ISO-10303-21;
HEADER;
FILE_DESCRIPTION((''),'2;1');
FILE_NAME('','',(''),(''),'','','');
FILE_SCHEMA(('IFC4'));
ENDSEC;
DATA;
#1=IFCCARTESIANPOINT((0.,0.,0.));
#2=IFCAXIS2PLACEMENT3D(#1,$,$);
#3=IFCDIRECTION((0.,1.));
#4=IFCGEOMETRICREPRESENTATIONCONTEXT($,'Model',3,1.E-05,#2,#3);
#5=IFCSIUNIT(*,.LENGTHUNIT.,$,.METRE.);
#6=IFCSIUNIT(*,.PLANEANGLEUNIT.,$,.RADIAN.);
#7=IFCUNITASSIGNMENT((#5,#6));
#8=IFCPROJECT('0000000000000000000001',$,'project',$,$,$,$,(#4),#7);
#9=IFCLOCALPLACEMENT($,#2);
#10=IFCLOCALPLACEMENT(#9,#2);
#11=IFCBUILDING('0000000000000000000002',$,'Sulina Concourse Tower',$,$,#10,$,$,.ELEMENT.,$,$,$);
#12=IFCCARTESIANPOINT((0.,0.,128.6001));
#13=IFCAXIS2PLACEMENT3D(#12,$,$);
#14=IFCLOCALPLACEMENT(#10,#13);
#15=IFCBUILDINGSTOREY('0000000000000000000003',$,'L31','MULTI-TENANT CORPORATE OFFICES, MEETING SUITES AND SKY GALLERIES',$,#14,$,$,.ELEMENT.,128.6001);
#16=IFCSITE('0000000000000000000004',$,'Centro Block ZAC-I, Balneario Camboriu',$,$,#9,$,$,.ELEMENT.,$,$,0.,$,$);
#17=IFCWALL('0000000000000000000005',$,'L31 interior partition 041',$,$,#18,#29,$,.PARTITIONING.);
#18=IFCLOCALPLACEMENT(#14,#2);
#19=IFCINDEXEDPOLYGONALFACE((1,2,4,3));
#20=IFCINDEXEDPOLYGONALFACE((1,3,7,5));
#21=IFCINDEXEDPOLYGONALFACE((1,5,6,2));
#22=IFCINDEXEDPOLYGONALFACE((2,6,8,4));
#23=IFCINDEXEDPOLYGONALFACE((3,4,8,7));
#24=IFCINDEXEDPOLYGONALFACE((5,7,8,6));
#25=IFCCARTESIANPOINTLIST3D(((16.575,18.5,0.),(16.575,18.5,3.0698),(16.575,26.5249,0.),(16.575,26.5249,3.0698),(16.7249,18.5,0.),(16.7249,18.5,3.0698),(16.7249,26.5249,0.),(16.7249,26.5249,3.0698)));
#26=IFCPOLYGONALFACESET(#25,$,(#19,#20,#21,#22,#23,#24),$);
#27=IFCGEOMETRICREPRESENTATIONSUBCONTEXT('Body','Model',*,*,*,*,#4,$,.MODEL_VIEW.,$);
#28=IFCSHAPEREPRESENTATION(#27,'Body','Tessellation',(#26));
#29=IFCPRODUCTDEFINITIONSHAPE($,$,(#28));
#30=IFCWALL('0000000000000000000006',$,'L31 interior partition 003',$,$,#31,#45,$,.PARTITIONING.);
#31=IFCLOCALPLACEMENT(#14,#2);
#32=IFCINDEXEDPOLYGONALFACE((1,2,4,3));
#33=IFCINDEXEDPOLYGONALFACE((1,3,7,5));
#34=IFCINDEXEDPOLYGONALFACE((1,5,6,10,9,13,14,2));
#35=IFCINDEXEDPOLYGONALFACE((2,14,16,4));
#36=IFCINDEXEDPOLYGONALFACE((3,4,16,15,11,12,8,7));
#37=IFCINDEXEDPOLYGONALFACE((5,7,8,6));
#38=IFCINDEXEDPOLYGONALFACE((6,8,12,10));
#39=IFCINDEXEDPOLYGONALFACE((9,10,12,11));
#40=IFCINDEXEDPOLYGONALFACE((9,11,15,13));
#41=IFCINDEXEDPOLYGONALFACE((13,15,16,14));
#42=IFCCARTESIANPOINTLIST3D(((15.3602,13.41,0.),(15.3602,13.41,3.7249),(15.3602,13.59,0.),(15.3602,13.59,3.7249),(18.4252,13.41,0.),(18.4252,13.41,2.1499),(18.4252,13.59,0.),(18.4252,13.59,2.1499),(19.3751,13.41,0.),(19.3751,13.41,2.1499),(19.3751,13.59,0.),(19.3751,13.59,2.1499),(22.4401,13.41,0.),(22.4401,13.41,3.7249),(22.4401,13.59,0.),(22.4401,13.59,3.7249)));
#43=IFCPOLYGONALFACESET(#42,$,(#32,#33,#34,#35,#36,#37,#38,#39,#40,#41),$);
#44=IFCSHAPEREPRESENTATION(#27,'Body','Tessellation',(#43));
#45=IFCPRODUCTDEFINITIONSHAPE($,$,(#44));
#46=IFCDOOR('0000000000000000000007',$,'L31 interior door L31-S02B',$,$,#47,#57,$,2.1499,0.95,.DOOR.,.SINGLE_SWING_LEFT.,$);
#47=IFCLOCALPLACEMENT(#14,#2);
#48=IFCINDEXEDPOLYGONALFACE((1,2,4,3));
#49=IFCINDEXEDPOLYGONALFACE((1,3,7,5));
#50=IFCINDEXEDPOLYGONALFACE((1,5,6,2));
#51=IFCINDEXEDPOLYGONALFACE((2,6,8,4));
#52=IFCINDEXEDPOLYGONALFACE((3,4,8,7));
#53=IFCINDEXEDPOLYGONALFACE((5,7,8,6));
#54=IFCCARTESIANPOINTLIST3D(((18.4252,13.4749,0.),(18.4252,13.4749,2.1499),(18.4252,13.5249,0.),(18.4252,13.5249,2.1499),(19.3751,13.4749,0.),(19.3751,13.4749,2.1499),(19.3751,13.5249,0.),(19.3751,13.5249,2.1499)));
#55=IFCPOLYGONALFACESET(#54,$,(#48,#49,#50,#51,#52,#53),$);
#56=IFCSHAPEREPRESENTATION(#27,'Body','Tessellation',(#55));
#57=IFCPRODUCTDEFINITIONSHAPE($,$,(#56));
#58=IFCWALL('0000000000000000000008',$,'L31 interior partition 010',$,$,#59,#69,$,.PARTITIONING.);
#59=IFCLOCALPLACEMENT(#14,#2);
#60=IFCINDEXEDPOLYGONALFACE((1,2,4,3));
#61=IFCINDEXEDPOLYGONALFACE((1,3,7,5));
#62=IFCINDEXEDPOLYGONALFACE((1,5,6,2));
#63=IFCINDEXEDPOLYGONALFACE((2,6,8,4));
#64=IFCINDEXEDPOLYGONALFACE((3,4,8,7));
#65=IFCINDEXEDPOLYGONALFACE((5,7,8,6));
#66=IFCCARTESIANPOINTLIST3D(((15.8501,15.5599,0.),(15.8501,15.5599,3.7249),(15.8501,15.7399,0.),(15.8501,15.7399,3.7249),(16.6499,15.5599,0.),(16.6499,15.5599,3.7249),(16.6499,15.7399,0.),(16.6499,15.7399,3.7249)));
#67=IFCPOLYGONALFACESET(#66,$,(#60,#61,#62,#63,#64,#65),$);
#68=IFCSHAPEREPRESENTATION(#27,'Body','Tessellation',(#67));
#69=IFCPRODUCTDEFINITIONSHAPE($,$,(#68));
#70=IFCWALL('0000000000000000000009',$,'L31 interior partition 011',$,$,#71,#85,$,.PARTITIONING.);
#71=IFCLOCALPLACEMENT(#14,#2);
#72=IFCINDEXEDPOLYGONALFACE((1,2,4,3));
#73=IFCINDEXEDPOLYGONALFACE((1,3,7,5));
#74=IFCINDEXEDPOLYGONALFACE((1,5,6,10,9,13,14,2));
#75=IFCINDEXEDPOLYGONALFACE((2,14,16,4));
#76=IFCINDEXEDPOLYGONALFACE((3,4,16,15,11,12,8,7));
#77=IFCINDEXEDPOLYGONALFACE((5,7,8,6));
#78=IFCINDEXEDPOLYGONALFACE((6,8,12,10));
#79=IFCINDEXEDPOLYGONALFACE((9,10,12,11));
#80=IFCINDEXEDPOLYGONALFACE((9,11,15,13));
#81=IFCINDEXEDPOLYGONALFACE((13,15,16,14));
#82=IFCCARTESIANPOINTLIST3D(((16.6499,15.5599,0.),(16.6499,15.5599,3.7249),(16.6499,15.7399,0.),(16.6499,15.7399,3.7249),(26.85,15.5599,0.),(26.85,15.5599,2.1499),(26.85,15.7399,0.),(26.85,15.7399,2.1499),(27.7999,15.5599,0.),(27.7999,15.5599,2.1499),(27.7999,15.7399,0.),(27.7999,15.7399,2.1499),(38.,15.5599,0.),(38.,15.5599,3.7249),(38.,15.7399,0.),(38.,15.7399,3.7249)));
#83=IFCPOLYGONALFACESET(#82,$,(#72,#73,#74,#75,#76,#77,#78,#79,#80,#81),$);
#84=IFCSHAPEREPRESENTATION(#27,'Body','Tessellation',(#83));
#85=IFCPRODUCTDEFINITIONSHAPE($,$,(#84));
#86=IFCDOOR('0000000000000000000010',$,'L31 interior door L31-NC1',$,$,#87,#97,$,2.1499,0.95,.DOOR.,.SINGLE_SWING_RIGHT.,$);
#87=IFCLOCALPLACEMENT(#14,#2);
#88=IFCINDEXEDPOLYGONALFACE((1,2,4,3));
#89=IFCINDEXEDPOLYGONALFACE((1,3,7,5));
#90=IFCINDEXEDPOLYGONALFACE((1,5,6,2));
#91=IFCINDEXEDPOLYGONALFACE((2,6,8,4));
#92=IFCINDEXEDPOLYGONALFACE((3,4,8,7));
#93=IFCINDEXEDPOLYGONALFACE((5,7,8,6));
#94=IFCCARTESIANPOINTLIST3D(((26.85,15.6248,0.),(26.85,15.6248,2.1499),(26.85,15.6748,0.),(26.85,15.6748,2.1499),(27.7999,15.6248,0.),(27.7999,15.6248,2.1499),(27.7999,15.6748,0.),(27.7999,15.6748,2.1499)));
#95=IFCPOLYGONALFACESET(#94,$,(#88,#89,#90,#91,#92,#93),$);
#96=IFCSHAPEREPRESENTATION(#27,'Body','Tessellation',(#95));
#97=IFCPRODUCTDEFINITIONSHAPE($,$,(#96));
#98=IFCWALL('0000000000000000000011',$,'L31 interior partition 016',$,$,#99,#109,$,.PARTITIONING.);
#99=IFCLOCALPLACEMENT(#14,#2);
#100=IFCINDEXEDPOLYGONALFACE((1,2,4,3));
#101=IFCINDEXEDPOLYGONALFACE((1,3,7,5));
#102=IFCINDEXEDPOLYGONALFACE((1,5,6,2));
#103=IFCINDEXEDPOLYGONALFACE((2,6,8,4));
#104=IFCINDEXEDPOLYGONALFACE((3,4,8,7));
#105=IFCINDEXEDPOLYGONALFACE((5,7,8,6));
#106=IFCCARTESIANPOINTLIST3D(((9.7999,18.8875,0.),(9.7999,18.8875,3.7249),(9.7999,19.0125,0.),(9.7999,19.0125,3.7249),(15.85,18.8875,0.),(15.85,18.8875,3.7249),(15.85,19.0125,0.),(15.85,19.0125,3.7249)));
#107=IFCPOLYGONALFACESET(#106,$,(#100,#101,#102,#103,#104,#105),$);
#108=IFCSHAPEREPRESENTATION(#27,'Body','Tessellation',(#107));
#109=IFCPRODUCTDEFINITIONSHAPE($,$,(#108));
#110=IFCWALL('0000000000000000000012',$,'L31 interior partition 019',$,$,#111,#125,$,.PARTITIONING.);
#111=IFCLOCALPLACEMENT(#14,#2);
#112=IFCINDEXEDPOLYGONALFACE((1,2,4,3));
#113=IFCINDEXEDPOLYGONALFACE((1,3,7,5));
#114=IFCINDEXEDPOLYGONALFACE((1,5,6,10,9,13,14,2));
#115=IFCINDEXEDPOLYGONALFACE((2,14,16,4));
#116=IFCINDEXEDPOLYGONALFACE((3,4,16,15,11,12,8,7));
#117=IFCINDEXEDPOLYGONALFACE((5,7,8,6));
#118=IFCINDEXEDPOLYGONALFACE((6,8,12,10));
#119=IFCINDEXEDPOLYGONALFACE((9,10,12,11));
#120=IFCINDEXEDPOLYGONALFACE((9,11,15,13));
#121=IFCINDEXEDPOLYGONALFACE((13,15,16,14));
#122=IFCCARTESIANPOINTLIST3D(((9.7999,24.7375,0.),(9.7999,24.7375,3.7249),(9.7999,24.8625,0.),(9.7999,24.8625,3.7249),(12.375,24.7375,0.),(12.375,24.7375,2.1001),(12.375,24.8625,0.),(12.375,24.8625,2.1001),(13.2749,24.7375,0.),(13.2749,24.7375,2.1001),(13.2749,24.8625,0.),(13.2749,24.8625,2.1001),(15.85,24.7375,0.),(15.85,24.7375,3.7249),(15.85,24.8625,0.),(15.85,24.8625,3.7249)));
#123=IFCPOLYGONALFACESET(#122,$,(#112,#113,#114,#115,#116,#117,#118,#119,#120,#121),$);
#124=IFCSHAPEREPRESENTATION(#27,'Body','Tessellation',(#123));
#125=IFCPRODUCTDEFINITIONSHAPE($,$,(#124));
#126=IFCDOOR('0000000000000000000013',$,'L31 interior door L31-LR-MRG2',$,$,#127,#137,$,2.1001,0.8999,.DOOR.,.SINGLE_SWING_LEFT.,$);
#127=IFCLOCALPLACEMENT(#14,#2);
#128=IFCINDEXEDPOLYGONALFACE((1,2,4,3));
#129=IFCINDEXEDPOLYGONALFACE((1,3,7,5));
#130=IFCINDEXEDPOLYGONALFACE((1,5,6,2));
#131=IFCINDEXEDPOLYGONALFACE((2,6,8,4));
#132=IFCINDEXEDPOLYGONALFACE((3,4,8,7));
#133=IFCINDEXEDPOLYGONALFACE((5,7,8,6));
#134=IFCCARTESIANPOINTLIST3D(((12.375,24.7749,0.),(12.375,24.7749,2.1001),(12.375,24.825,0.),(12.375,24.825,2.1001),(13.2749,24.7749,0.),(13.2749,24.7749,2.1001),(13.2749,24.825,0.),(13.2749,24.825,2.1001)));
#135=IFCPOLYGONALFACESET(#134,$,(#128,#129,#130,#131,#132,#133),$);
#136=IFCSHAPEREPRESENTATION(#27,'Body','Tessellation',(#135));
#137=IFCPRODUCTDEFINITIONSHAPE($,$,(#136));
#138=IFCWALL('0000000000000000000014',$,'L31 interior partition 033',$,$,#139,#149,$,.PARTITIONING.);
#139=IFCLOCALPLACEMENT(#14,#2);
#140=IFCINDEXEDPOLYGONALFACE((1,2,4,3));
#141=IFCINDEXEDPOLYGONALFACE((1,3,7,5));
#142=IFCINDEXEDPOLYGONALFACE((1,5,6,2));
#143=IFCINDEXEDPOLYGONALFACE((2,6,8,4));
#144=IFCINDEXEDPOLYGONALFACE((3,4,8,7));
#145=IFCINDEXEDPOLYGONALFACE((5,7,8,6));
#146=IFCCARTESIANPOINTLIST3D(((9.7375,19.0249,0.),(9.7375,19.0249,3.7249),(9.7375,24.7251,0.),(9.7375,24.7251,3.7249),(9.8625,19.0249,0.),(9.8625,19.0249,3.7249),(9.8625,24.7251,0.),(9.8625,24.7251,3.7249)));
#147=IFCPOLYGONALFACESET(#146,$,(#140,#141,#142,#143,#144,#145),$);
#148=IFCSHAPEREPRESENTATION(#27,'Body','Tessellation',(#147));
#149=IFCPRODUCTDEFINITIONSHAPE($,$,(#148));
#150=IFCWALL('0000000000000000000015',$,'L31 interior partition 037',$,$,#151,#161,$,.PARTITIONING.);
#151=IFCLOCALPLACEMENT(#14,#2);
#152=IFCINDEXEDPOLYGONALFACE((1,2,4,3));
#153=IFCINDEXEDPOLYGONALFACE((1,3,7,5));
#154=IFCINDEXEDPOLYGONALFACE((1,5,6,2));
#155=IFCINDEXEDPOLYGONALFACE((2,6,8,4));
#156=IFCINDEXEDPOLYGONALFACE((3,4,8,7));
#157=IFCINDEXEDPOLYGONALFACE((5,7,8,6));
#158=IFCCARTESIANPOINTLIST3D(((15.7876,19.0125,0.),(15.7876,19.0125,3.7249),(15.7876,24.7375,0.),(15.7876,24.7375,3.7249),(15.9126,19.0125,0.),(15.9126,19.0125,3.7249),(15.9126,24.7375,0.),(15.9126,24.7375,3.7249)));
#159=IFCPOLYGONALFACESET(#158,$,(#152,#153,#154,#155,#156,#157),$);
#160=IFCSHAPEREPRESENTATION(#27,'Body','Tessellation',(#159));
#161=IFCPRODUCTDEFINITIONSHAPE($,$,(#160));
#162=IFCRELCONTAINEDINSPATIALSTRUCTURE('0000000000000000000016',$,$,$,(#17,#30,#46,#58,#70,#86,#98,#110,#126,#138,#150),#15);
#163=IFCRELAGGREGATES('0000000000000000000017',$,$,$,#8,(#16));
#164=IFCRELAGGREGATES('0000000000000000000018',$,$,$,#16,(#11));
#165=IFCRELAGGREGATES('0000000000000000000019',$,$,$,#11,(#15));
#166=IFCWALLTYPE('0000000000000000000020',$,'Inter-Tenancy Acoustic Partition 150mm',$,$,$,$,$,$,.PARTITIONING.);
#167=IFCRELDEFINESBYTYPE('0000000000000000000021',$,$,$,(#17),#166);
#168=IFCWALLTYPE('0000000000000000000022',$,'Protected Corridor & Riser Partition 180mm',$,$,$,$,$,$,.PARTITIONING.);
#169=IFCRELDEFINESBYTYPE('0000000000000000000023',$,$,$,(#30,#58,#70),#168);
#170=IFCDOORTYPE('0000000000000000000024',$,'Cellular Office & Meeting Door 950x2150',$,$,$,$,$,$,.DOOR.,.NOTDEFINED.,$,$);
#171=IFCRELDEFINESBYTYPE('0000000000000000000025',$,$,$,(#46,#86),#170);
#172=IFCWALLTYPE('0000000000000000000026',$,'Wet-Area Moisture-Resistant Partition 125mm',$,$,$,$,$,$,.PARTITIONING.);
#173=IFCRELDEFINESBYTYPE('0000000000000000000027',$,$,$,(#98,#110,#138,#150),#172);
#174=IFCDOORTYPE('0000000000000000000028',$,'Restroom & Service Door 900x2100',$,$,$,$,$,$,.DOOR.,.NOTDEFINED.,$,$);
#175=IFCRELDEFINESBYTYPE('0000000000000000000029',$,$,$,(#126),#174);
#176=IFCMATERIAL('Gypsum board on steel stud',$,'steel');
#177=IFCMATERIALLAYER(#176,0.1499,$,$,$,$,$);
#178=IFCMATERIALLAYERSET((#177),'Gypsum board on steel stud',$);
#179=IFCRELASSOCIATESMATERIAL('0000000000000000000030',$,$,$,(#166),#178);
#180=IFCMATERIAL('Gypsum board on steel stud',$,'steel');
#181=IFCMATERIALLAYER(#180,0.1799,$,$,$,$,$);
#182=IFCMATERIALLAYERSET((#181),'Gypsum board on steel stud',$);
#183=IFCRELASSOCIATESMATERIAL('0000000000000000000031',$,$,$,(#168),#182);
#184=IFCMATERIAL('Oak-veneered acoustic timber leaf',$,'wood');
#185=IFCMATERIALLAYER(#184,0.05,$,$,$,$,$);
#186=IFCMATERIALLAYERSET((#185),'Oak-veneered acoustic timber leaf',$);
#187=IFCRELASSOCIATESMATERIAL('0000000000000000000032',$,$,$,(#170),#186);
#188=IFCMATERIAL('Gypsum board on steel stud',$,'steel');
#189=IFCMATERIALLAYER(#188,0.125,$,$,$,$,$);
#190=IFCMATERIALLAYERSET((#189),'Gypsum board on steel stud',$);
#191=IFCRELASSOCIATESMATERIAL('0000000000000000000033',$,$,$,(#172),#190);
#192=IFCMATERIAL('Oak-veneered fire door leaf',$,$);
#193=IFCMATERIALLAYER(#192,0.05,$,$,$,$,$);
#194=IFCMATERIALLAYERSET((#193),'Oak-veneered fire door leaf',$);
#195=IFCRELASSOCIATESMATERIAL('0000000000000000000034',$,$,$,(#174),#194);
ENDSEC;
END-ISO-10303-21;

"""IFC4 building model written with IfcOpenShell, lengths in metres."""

from ifc_helpers import new_model, si_unit, direction, frame, frame_2d, origin, place, context, subcontext, project, spatial, rectangle, extrude, material, layer, layer_set, type_object, element, fill, save


model = new_model("IFC4")

# Units and contexts
model_context = context("Model", 3, precision=1e-05, world=origin(), true_north=direction((0.0, 1.0)))
body_context = subcontext(model_context, "Body", "Model", "MODEL_VIEW")
ifc_project = project(units=[si_unit("LENGTHUNIT", "METRE"), si_unit("PLANEANGLEUNIT", "RADIAN")], contexts=[model_context])

# Site, building, storey
site_placement = place(None, origin())
site = spatial("IfcSite", under=ifc_project, at=site_placement, Name="Centro Block ZAC-I, Balneario Camboriu", CompositionType="ELEMENT", RefElevation=0.0)
building_placement = place(site_placement, origin())
building = spatial("IfcBuilding", under=site, at=building_placement, Name="Sulina Concourse Tower", CompositionType="ELEMENT")
storey_placement = place(building_placement, frame((0.0, 0.0, 128.6001)))
storey = spatial("IfcBuildingStorey", under=building, at=storey_placement, Name="L31", Description="MULTI-TENANT CORPORATE OFFICES, MEETING SUITES AND SKY GALLERIES", CompositionType="ELEMENT", Elevation=128.6001)

# Wall
ifc_material_1 = material(Name="Gypsum board on steel stud", Category="steel")
ifc_layer_1 = layer(ifc_material_1, 0.1499)
ifc_layer_set_1 = layer_set([ifc_layer_1], Name="Gypsum board on steel stud")
wall_type_1 = type_object("IfcWallType", Name="Inter-Tenancy Acoustic Partition 150mm", PredefinedType="PARTITIONING", material=ifc_layer_set_1)
wall_1_placement = place(storey_placement, frame((16.6499, 18.5, 0.0), z_axis=(0.0, 0.0, 1.0), x_axis=(0.0, 1.0, 0.0)))
element("IfcWall", 1, at=wall_1_placement, inside=storey, type_object=wall_type_1, Name="L31 interior partition 041", PredefinedType="PARTITIONING", context=body_context, shape_type="SweptSolid", body=[
    extrude(rectangle(XDim=8.0249, YDim=0.1499, at=frame_2d((4.0125, 0.0))), origin(), (0.0, 0.0, 1.0), 3.0698),
])

# Wall, opening, door
ifc_material_2 = material(Name="Gypsum board on steel stud", Category="steel")
ifc_layer_2 = layer(ifc_material_2, 0.1799)
ifc_layer_set_2 = layer_set([ifc_layer_2], Name="Gypsum board on steel stud")
wall_type_2 = type_object("IfcWallType", Name="Protected Corridor & Riser Partition 180mm", PredefinedType="PARTITIONING", material=ifc_layer_set_2)
wall_2_placement = place(storey_placement, frame((15.3601, 13.5, 0.0), z_axis=(0.0, 0.0, 1.0), x_axis=(1.0, 0.0, 0.0)))
wall_2 = element("IfcWall", 2, at=wall_2_placement, inside=storey, type_object=wall_type_2, Name="L31 interior partition 003", PredefinedType="PARTITIONING", context=body_context, shape_type="SweptSolid", body=[
    extrude(rectangle(XDim=7.0798, YDim=0.1799, at=frame_2d((3.54, 0.0))), origin(), (0.0, 0.0, 1.0), 3.7249),
])
opening_1_placement = place(wall_2_placement, frame((3.0649, 0.0, 0.0)))
opening_1 = element("IfcOpeningElement", 3, at=opening_1_placement, cuts=wall_2, PredefinedType="OPENING", context=body_context, shape_type="SweptSolid", body=[
    extrude(rectangle(XDim=0.95, YDim=2.1499, at=frame_2d((0.4751, 1.075))), frame((0.0, 0.0999, 0.0), z_axis=(0.0, -1.0, 0.0), x_axis=(1.0, 0.0, 0.0)), (0.0, 0.0, 1.0), 0.2),
])
ifc_material_3 = material(Name="Oak-veneered acoustic timber leaf", Category="wood")
ifc_layer_3 = layer(ifc_material_3, 0.05)
ifc_layer_set_3 = layer_set([ifc_layer_3], Name="Oak-veneered acoustic timber leaf")
door_type_1 = type_object("IfcDoorType", Name="Cellular Office & Meeting Door 950x2150", OperationType="NOTDEFINED", PredefinedType="DOOR", material=ifc_layer_set_3)
door_1_placement = place(opening_1_placement, origin())
door_1 = element("IfcDoor", 4, at=door_1_placement, inside=storey, type_object=door_type_1, Name="L31 interior door L31-S02B", OperationType="SINGLE_SWING_LEFT", OverallHeight=2.1499, OverallWidth=0.95, PredefinedType="DOOR", context=body_context, shape_type="SweptSolid", body=[
    extrude(rectangle(XDim=0.95, YDim=2.1499, at=frame_2d((0.4751, 1.075))), frame((0.0, 0.0249, 0.0), z_axis=(0.0, -1.0, 0.0), x_axis=(1.0, 0.0, 0.0)), (0.0, 0.0, 1.0), 0.05),
])
fill(opening_1, door_1)

# Wall
wall_3_placement = place(storey_placement, frame((15.8501, 15.6499, 0.0), z_axis=(0.0, 0.0, 1.0), x_axis=(1.0, 0.0, 0.0)))
element("IfcWall", 5, at=wall_3_placement, inside=storey, type_object=wall_type_2, Name="L31 interior partition 010", PredefinedType="PARTITIONING", context=body_context, shape_type="SweptSolid", body=[
    extrude(rectangle(XDim=0.7998, YDim=0.1799, at=frame_2d((0.3999, 0.0))), origin(), (0.0, 0.0, 1.0), 3.7249),
])

# Wall, opening, door
wall_4_placement = place(storey_placement, frame((16.6499, 15.6499, 0.0), z_axis=(0.0, 0.0, 1.0), x_axis=(1.0, 0.0, 0.0)))
wall_4 = element("IfcWall", 6, at=wall_4_placement, inside=storey, type_object=wall_type_2, Name="L31 interior partition 011", PredefinedType="PARTITIONING", context=body_context, shape_type="SweptSolid", body=[
    extrude(rectangle(XDim=21.3501, YDim=0.1799, at=frame_2d((10.675, 0.0))), origin(), (0.0, 0.0, 1.0), 3.7249),
])
opening_2_placement = place(wall_4_placement, frame((10.2, 0.0, 0.0)))
opening_2 = element("IfcOpeningElement", 7, at=opening_2_placement, cuts=wall_4, PredefinedType="OPENING", context=body_context, shape_type="SweptSolid", body=[
    extrude(rectangle(XDim=0.95, YDim=2.1499, at=frame_2d((0.4751, 1.075))), frame((0.0, 0.0999, 0.0), z_axis=(0.0, -1.0, 0.0), x_axis=(1.0, 0.0, 0.0)), (0.0, 0.0, 1.0), 0.2),
])
door_2_placement = place(opening_2_placement, origin())
door_2 = element("IfcDoor", 8, at=door_2_placement, inside=storey, type_object=door_type_1, Name="L31 interior door L31-NC1", OperationType="SINGLE_SWING_RIGHT", OverallHeight=2.1499, OverallWidth=0.95, PredefinedType="DOOR", context=body_context, shape_type="SweptSolid", body=[
    extrude(rectangle(XDim=0.95, YDim=2.1499, at=frame_2d((0.4751, 1.075))), frame((0.0, 0.0249, 0.0), z_axis=(0.0, -1.0, 0.0), x_axis=(1.0, 0.0, 0.0)), (0.0, 0.0, 1.0), 0.05),
])
fill(opening_2, door_2)

# Wall
ifc_material_4 = material(Name="Gypsum board on steel stud", Category="steel")
ifc_layer_4 = layer(ifc_material_4, 0.125)
ifc_layer_set_4 = layer_set([ifc_layer_4], Name="Gypsum board on steel stud")
wall_type_3 = type_object("IfcWallType", Name="Wet-Area Moisture-Resistant Partition 125mm", PredefinedType="PARTITIONING", material=ifc_layer_set_4)
wall_5_placement = place(storey_placement, frame((9.8, 18.95, 0.0), z_axis=(0.0, 0.0, 1.0), x_axis=(1.0, 0.0, 0.0)))
element("IfcWall", 9, at=wall_5_placement, inside=storey, type_object=wall_type_3, Name="L31 interior partition 016", PredefinedType="PARTITIONING", context=body_context, shape_type="SweptSolid", body=[
    extrude(rectangle(XDim=6.05, YDim=0.125, at=frame_2d((3.0249, 0.0))), origin(), (0.0, 0.0, 1.0), 3.7249),
])

# Wall, opening, door
wall_6_placement = place(storey_placement, frame((9.8, 24.8, 0.0), z_axis=(0.0, 0.0, 1.0), x_axis=(1.0, 0.0, 0.0)))
wall_6 = element("IfcWall", 10, at=wall_6_placement, inside=storey, type_object=wall_type_3, Name="L31 interior partition 019", PredefinedType="PARTITIONING", context=body_context, shape_type="SweptSolid", body=[
    extrude(rectangle(XDim=6.05, YDim=0.125, at=frame_2d((3.0249, 0.0))), origin(), (0.0, 0.0, 1.0), 3.7249),
])
opening_3_placement = place(wall_6_placement, frame((2.575, 0.0, 0.0)))
opening_3 = element("IfcOpeningElement", 11, at=opening_3_placement, cuts=wall_6, PredefinedType="OPENING", context=body_context, shape_type="SweptSolid", body=[
    extrude(rectangle(XDim=0.8999, YDim=2.1001, at=frame_2d((0.45, 1.05))), frame((0.0, 0.0725, 0.0), z_axis=(0.0, -1.0, 0.0), x_axis=(1.0, 0.0, 0.0)), (0.0, 0.0, 1.0), 0.145),
])
ifc_material_5 = material(Name="Oak-veneered fire door leaf")
ifc_layer_5 = layer(ifc_material_5, 0.05)
ifc_layer_set_5 = layer_set([ifc_layer_5], Name="Oak-veneered fire door leaf")
door_type_2 = type_object("IfcDoorType", Name="Restroom & Service Door 900x2100", OperationType="NOTDEFINED", PredefinedType="DOOR", material=ifc_layer_set_5)
door_3_placement = place(opening_3_placement, origin())
door_3 = element("IfcDoor", 12, at=door_3_placement, inside=storey, type_object=door_type_2, Name="L31 interior door L31-LR-MRG2", OperationType="SINGLE_SWING_LEFT", OverallHeight=2.1001, OverallWidth=0.8999, PredefinedType="DOOR", context=body_context, shape_type="SweptSolid", body=[
    extrude(rectangle(XDim=0.8999, YDim=2.1001, at=frame_2d((0.45, 1.05))), frame((0.0, 0.0249, 0.0), z_axis=(0.0, -1.0, 0.0), x_axis=(1.0, 0.0, 0.0)), (0.0, 0.0, 1.0), 0.05),
])
fill(opening_3, door_3)

# Walls
wall_7_placement = place(storey_placement, frame((9.8, 19.0249, 0.0), z_axis=(0.0, 0.0, 1.0), x_axis=(0.0, 1.0, 0.0)))
element("IfcWall", 13, at=wall_7_placement, inside=storey, type_object=wall_type_3, Name="L31 interior partition 033", PredefinedType="PARTITIONING", context=body_context, shape_type="SweptSolid", body=[
    extrude(rectangle(XDim=5.7002, YDim=0.125, at=frame_2d((2.8501, 0.0))), origin(), (0.0, 0.0, 1.0), 3.7249),
])
wall_8_placement = place(storey_placement, frame((15.8501, 19.0125, 0.0), z_axis=(0.0, 0.0, 1.0), x_axis=(0.0, 1.0, 0.0)))
element("IfcWall", 14, at=wall_8_placement, inside=storey, type_object=wall_type_3, Name="L31 interior partition 037", PredefinedType="PARTITIONING", context=body_context, shape_type="SweptSolid", body=[
    extrude(rectangle(XDim=5.7251, YDim=0.125, at=frame_2d((2.8625, 0.0))), origin(), (0.0, 0.0, 1.0), 3.7249),
])

save(model, "model.ifc")
